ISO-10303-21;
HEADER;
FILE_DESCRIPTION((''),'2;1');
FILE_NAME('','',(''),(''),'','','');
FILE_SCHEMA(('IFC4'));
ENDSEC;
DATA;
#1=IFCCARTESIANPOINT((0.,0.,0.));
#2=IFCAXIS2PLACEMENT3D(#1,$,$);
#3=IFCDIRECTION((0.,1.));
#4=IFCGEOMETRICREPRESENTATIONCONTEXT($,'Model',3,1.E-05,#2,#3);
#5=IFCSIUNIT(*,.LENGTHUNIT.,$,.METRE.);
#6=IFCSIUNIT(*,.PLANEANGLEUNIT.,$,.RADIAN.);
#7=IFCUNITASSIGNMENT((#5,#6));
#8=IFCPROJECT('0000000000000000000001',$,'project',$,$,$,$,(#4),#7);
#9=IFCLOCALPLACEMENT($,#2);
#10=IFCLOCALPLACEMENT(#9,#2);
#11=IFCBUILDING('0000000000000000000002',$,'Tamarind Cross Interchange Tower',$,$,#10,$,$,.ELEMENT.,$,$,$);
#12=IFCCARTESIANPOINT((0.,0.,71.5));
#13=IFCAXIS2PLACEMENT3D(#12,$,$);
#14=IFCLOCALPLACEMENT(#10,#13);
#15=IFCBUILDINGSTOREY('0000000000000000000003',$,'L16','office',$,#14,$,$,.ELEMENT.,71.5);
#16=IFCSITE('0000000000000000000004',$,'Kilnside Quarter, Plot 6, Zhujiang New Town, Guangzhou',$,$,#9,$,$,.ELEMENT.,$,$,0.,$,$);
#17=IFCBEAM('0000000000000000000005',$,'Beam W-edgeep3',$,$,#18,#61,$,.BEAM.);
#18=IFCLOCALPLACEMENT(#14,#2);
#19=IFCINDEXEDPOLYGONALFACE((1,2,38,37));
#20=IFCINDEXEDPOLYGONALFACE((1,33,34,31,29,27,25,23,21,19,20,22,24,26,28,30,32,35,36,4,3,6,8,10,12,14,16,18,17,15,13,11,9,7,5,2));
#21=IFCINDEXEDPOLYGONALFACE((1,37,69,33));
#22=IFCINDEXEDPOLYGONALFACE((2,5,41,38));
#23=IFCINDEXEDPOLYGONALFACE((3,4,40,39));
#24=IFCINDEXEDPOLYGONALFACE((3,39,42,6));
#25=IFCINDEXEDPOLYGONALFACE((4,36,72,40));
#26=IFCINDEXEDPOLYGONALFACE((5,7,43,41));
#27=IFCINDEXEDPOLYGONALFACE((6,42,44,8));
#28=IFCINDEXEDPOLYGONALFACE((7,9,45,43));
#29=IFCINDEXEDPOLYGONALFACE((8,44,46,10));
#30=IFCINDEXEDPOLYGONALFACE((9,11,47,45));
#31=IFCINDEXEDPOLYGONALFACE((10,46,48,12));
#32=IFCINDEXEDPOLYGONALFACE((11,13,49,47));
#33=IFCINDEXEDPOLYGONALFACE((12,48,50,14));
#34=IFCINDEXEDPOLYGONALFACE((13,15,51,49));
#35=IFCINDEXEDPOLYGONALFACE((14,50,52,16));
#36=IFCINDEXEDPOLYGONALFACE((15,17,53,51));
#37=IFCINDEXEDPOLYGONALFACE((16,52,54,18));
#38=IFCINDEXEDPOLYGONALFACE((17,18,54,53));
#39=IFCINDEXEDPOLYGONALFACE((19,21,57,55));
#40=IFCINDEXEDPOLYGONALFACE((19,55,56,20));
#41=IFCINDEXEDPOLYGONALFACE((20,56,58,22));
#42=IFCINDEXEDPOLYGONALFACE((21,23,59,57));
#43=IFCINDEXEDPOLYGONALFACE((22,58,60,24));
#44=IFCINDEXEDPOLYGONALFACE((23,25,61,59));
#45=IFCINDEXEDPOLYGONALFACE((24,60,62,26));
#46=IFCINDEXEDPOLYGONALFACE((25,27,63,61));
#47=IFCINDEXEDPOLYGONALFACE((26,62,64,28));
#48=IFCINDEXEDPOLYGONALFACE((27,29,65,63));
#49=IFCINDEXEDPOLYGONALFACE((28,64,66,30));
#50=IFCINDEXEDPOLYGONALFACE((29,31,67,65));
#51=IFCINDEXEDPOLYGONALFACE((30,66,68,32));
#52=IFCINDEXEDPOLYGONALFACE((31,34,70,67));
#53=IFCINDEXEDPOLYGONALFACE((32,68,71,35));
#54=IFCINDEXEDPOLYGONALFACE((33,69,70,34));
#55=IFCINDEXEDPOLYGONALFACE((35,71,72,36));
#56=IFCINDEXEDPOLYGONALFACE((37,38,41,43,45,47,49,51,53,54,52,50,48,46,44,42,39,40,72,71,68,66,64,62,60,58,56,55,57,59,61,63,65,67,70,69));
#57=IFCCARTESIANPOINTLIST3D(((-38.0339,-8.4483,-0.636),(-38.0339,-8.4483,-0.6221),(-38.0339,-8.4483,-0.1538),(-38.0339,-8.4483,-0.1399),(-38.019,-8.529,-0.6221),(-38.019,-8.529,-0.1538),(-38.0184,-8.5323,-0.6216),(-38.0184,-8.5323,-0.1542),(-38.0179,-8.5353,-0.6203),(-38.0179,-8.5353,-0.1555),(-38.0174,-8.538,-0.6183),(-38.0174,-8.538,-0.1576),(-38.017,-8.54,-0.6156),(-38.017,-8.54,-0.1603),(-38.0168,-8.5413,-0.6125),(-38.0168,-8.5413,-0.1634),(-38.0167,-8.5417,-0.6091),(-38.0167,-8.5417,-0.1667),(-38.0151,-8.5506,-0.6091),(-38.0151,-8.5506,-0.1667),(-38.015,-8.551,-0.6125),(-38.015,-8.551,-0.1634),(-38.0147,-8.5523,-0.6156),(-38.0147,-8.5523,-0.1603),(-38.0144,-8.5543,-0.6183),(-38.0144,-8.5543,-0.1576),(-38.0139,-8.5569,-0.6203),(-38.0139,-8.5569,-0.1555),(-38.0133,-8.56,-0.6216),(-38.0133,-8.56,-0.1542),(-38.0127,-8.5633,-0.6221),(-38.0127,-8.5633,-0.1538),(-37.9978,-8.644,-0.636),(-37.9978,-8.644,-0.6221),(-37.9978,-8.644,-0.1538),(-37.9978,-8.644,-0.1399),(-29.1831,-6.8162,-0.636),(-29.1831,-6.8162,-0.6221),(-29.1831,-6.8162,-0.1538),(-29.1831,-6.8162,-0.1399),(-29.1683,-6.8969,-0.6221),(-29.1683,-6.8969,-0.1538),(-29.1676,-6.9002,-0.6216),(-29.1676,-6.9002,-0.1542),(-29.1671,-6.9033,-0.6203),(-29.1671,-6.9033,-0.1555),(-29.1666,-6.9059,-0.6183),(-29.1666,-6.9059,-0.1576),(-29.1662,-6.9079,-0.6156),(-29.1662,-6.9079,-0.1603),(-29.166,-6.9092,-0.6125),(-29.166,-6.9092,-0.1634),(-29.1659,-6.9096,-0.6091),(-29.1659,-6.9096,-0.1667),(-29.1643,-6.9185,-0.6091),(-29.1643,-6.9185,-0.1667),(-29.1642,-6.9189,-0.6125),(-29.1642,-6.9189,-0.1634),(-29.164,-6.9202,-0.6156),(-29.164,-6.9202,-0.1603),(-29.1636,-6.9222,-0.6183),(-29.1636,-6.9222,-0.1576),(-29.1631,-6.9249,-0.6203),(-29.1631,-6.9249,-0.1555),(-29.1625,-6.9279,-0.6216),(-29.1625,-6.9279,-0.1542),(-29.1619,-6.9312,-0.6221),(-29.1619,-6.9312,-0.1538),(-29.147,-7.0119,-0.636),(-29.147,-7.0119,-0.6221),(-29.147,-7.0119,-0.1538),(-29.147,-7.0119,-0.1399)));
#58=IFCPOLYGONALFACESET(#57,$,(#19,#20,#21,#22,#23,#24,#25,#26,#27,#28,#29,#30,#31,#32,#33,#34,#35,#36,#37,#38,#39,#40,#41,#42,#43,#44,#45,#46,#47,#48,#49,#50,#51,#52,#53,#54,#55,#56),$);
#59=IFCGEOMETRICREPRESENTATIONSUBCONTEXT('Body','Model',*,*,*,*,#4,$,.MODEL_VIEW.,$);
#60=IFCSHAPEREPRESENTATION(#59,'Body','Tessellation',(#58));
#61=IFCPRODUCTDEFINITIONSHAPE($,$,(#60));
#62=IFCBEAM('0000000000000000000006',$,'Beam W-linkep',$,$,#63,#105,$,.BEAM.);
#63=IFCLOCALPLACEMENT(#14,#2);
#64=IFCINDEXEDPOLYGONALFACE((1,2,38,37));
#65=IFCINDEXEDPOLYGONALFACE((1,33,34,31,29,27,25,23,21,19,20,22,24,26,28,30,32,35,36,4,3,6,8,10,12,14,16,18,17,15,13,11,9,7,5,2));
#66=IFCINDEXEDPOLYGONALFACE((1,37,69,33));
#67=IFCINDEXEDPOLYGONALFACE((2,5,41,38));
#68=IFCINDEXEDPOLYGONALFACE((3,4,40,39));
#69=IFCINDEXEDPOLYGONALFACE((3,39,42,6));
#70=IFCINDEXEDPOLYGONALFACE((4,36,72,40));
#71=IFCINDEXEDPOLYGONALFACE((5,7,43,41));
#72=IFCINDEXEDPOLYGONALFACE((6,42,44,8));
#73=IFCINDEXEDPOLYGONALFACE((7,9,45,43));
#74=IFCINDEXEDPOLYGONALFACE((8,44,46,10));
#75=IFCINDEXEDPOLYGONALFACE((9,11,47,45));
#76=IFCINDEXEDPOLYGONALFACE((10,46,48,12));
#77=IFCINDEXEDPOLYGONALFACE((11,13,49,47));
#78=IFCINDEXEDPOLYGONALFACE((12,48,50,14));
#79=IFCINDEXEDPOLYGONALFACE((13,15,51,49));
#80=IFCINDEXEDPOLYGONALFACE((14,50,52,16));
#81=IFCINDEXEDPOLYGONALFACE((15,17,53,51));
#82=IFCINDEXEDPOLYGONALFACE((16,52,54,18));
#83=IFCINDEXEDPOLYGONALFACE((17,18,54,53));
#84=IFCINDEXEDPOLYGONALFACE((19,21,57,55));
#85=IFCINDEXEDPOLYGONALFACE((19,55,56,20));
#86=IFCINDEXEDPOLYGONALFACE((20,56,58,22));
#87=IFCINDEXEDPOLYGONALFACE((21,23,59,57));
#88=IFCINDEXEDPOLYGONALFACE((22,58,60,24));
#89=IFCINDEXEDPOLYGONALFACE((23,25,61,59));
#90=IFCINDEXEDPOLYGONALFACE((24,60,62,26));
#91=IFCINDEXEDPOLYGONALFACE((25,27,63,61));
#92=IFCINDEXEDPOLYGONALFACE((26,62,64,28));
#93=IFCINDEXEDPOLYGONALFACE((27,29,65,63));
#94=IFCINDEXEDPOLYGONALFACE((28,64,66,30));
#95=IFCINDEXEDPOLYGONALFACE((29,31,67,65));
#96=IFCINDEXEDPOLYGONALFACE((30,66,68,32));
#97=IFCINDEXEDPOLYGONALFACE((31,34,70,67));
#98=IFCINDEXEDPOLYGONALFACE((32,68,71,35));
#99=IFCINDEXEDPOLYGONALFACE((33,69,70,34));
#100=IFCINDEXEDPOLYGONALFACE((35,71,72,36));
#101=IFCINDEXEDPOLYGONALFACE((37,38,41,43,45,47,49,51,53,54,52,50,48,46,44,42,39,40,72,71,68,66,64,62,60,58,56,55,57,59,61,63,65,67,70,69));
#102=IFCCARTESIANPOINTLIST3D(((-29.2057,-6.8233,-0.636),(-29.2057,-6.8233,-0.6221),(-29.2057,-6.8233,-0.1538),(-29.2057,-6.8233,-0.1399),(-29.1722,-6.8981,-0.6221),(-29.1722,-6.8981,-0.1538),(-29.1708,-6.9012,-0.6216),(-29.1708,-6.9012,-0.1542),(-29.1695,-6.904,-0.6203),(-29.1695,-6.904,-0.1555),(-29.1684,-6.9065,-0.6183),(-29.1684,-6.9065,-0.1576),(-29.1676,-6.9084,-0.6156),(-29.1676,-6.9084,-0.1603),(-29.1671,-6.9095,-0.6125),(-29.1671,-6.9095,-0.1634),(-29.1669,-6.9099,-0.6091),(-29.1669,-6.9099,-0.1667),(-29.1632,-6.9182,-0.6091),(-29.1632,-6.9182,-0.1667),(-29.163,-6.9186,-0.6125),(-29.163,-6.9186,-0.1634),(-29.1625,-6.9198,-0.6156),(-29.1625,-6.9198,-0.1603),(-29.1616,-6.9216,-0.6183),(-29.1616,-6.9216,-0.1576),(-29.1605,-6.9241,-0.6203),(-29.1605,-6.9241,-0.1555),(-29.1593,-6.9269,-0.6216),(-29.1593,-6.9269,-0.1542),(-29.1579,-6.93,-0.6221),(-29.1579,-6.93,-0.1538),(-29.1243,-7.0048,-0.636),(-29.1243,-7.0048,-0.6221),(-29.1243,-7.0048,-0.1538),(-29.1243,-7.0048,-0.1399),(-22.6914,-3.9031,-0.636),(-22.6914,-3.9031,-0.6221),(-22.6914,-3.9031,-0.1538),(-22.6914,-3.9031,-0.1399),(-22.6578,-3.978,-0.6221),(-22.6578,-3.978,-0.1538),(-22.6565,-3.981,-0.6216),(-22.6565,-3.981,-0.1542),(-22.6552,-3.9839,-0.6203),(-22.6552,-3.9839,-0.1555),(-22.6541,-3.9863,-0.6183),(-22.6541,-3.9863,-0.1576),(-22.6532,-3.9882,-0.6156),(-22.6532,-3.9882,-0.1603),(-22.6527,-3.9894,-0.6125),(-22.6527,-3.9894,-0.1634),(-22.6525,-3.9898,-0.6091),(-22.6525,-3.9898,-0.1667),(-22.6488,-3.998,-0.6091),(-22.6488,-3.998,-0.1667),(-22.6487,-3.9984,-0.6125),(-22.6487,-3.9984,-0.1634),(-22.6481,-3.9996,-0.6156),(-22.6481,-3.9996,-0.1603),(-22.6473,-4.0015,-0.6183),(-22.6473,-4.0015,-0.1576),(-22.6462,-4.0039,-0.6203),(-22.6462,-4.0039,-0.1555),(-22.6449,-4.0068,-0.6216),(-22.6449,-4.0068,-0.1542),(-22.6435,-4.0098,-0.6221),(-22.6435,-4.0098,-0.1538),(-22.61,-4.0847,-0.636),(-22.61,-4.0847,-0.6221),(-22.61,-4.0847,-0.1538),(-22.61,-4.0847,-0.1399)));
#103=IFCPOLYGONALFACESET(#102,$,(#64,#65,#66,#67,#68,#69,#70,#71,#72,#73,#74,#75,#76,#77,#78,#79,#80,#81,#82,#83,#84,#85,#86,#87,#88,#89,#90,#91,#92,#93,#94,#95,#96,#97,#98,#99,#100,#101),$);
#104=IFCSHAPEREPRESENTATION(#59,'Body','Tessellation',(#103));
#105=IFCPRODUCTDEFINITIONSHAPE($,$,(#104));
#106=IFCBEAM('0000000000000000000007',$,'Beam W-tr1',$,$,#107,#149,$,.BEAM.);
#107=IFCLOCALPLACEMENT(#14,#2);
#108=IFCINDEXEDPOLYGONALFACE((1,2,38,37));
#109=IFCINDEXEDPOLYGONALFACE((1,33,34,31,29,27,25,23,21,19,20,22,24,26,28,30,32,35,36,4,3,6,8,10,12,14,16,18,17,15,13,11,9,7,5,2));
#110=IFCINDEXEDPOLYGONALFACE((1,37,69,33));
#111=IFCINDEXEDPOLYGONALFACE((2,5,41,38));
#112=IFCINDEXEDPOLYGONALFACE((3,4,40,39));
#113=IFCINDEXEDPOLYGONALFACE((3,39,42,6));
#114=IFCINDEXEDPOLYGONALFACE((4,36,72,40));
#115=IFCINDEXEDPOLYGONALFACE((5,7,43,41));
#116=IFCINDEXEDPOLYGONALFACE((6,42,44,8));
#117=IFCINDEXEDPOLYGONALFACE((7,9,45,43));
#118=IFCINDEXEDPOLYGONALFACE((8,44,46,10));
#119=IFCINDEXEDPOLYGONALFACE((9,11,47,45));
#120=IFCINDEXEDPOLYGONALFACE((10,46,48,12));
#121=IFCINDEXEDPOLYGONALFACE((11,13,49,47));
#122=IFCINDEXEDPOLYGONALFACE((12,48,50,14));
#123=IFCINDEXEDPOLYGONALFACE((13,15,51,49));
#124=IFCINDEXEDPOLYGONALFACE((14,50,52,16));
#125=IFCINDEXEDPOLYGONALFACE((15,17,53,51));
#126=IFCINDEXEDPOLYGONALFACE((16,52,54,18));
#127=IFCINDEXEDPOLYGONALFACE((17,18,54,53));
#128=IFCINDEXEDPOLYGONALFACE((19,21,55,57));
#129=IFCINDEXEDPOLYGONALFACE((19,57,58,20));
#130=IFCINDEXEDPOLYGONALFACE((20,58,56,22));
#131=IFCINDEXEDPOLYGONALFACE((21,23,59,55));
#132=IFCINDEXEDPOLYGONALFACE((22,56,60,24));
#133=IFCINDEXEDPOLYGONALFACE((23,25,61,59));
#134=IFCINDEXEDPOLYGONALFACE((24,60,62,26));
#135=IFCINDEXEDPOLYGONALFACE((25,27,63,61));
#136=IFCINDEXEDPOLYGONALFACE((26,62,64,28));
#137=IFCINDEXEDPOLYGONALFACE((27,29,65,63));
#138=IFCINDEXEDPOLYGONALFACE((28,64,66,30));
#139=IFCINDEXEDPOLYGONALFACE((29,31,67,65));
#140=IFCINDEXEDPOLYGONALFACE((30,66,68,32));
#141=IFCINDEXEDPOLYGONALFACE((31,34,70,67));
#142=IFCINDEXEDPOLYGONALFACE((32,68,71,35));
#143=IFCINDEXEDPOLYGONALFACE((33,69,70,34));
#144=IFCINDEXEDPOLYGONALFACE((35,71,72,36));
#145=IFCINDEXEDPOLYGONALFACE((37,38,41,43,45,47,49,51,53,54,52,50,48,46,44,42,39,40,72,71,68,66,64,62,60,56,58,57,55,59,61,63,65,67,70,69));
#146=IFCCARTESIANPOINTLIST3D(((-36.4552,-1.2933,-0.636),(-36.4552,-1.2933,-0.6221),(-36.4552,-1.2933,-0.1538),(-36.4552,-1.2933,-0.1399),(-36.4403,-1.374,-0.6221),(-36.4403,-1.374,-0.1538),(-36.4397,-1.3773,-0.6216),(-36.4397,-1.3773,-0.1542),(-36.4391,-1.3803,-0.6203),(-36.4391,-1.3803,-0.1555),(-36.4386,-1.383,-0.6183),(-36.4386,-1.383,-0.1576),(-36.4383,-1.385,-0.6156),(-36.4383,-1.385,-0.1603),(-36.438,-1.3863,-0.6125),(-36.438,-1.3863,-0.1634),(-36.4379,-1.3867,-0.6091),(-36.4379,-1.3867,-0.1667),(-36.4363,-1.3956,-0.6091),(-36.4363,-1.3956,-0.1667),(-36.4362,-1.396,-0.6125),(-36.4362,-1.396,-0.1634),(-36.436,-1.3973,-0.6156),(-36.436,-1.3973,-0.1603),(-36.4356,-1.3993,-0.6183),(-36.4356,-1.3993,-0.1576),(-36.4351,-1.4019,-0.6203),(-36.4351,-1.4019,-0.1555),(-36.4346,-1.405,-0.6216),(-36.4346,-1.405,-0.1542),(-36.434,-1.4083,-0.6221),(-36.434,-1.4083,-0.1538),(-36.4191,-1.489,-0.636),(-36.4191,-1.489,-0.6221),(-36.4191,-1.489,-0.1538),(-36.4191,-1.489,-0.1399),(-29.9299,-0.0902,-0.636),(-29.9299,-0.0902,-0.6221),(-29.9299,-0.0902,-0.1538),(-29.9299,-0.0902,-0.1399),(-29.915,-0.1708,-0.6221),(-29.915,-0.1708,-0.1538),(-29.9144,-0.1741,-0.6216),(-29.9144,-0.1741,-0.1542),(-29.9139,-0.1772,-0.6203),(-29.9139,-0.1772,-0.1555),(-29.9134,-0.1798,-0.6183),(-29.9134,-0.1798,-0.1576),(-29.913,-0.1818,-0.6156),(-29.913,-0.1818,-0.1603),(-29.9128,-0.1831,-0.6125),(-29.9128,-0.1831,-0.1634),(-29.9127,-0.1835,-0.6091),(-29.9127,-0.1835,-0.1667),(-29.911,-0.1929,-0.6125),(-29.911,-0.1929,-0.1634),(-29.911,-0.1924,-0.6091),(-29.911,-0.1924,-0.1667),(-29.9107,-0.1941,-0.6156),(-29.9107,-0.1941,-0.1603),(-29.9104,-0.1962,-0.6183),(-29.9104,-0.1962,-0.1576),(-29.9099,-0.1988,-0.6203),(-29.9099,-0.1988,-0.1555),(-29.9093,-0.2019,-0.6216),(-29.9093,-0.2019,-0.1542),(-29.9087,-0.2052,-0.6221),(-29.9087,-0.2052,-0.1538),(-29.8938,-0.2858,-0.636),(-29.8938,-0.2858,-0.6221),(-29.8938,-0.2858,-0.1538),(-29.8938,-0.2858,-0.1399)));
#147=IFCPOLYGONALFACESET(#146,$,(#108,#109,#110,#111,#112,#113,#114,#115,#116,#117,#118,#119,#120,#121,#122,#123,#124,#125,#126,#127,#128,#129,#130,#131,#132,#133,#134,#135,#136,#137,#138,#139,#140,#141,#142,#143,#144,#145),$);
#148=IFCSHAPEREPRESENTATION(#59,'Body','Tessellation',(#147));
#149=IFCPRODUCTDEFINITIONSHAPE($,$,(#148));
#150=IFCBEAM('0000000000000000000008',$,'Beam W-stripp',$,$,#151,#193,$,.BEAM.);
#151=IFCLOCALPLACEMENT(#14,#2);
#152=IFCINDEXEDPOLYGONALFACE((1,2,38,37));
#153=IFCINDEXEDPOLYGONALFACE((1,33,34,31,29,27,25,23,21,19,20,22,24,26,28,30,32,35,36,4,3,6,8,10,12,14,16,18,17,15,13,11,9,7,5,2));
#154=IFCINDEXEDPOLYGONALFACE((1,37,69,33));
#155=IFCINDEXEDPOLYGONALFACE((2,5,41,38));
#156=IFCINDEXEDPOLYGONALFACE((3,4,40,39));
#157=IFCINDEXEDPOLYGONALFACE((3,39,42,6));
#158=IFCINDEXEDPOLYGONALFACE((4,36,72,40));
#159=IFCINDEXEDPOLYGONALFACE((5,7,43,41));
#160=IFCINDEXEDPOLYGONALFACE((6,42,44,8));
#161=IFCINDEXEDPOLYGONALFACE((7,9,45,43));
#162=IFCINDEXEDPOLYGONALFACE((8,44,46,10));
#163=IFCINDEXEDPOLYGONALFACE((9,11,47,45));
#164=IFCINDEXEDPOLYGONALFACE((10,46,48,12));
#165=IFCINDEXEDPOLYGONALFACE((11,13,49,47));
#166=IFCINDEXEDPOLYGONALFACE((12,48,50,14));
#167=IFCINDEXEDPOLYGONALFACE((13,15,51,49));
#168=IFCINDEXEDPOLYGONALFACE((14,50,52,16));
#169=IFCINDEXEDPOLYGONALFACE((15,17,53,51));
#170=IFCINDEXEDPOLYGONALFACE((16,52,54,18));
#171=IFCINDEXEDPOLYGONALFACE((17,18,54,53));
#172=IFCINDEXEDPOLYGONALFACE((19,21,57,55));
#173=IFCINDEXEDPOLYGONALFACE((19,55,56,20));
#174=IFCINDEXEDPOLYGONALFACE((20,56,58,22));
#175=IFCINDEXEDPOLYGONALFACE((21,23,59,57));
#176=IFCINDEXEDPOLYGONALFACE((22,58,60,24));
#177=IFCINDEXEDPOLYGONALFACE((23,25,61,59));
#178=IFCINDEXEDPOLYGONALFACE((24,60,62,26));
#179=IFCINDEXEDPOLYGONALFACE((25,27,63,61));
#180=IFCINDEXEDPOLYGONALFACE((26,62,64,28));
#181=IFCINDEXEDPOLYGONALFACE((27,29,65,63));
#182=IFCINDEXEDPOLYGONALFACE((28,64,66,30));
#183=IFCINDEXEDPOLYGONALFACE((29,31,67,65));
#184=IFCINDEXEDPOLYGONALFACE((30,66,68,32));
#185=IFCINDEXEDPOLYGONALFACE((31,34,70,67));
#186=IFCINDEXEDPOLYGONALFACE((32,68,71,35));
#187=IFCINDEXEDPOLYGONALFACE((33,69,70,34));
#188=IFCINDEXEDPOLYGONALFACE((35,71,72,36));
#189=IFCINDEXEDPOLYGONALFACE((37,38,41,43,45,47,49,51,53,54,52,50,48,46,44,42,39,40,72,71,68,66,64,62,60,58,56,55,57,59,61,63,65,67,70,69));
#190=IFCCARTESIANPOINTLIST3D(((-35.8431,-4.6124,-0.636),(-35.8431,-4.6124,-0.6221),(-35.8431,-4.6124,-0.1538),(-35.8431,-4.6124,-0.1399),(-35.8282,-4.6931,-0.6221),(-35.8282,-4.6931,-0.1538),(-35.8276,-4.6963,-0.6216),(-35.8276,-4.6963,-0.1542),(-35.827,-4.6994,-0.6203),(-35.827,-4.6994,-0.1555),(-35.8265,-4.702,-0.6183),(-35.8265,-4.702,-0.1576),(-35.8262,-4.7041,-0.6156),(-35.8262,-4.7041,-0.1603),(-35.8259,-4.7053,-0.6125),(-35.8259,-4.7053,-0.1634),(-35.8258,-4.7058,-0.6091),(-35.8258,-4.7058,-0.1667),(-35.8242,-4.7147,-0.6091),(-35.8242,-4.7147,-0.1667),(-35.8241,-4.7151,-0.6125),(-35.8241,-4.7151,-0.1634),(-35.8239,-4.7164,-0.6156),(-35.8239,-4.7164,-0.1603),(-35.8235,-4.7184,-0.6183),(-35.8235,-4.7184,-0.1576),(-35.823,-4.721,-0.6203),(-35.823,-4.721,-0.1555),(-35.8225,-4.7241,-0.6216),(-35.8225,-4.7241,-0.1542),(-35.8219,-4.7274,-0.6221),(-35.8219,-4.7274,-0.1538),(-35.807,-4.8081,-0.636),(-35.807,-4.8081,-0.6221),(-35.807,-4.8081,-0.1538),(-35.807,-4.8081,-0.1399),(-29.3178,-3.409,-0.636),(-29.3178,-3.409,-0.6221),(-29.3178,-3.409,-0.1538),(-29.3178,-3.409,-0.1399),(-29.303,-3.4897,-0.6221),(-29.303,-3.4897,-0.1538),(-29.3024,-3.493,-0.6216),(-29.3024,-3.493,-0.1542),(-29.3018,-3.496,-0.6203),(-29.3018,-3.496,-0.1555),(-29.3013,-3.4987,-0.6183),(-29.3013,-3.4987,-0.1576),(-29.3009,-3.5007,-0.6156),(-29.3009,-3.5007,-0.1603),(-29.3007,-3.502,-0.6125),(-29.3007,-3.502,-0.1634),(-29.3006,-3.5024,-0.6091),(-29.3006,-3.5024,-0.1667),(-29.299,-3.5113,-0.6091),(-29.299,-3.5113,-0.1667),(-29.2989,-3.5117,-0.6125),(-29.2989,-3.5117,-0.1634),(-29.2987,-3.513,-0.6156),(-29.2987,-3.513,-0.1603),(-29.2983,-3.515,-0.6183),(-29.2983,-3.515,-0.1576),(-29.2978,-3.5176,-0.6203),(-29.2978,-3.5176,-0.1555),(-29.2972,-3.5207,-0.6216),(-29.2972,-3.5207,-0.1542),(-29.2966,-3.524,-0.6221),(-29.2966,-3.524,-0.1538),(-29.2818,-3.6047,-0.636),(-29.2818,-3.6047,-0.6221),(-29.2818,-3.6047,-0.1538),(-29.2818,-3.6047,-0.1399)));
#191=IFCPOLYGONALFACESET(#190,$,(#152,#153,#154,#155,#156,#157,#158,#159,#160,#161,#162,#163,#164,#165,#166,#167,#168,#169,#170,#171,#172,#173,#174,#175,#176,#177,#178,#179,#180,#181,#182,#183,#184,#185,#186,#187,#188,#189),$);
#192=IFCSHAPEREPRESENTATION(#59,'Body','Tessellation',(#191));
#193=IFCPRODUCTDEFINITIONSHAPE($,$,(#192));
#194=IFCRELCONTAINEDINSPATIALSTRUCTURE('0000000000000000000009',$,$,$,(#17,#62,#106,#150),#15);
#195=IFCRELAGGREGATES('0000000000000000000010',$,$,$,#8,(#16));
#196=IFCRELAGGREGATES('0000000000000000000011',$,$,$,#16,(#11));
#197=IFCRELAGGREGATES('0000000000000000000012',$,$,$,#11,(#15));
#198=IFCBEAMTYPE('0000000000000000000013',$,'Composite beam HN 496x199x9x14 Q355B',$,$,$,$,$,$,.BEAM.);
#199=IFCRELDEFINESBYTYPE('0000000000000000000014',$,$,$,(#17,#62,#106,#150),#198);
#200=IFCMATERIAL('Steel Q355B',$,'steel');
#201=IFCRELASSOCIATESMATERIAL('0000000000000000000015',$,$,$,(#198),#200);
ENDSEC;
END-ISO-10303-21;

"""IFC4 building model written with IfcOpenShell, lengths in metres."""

from ifc_helpers import new_model, si_unit, direction, frame, origin, origin_2d, place, context, subcontext, project, spatial, i_section, extrude, material, material_profile, profile_set, type_object, element, save


model = new_model("IFC4")

# Units and contexts
model_context = context("Model", 3, precision=1e-05, world=origin(), true_north=direction((0.0, 1.0)))
body_context = subcontext(model_context, "Body", "Model", "MODEL_VIEW")
ifc_project = project(units=[si_unit("LENGTHUNIT", "METRE"), si_unit("PLANEANGLEUNIT", "RADIAN")], contexts=[model_context])

# Site, building, storey
site_placement = place(None, origin())
site = spatial("IfcSite", under=ifc_project, at=site_placement, Name="Kilnside Quarter, Plot 6, Zhujiang New Town, Guangzhou", CompositionType="ELEMENT", RefElevation=0.0)
building_placement = place(site_placement, origin())
building = spatial("IfcBuilding", under=site, at=building_placement, Name="Tamarind Cross Interchange Tower", CompositionType="ELEMENT")
storey_placement = place(building_placement, frame((0.0, 0.0, 71.5)))
storey = spatial("IfcBuildingStorey", under=building, at=storey_placement, Name="L16", Description="office", CompositionType="ELEMENT", Elevation=71.5)

# Beams
ifc_material_1 = material(Name="Steel Q355B", Category="steel")
ifc_material_profile_1 = material_profile(ifc_material_1, i_section(OverallWidth=0.199, OverallDepth=0.4961, WebThickness=0.009, FlangeThickness=0.0139, FilletRadius=0.0129, at=origin_2d()), Name="HN 496x199x9x14")
ifc_profile_set_1 = profile_set([ifc_material_profile_1], Name="Steel Q355B")
beam_type_1 = type_object("IfcBeamType", Name="Composite beam HN 496x199x9x14 Q355B", PredefinedType="BEAM", material=ifc_profile_set_1)
beam_1_placement = place(storey_placement, frame((-38.0159, -8.5461, -0.3879), z_axis=(0.98342, 0.181341, 0.0), x_axis=(-0.181341, 0.98342, 0.0)))
element("IfcBeam", 1, at=beam_1_placement, inside=storey, type_object=beam_type_1, Name="Beam W-edgeep3", PredefinedType="BEAM", context=body_context, shape_type="SweptSolid", body=[
    extrude(i_section(OverallWidth=0.199, OverallDepth=0.4961, WebThickness=0.009, FlangeThickness=0.0139, FilletRadius=0.0129, at=origin_2d()), origin(), (0.0, 0.0, 1.0), 9.0),
])
beam_2_placement = place(storey_placement, frame((-29.165, -6.9141, -0.3879), z_axis=(0.912514, 0.409046, 0.0), x_axis=(-0.409046, 0.912514, 0.0)))
element("IfcBeam", 2, at=beam_2_placement, inside=storey, type_object=beam_type_1, Name="Beam W-linkep", PredefinedType="BEAM", context=body_context, shape_type="SweptSolid", body=[
    extrude(i_section(OverallWidth=0.199, OverallDepth=0.4961, WebThickness=0.009, FlangeThickness=0.0139, FilletRadius=0.0129, at=origin_2d()), origin(), (0.0, 0.0, 1.0), 7.1389),
])
for number, where, z_axis, x_axis, name in (
    (3, (-29.9119, -0.188, -0.3879), (-0.983423, -0.181326, 0.0), (0.181326, -0.983423, 0.0), "Beam W-tr1"),
    (4, (-29.2998, -3.5068, -0.3879), (-0.983416, -0.181362, 0.0), (0.181362, -0.983416, 0.0), "Beam W-stripp"),
):
    element("IfcBeam", number, at=place(storey_placement, frame(where, z_axis=z_axis, x_axis=x_axis)), inside=storey, type_object=beam_type_1, Name=name, PredefinedType="BEAM", context=body_context, shape_type="SweptSolid", body=[
        extrude(i_section(OverallWidth=0.199, OverallDepth=0.4961, WebThickness=0.009, FlangeThickness=0.0139, FilletRadius=0.0129, at=origin_2d()), origin(), (0.0, 0.0, 1.0), 6.6353),
    ])

save(model, "model.ifc")
